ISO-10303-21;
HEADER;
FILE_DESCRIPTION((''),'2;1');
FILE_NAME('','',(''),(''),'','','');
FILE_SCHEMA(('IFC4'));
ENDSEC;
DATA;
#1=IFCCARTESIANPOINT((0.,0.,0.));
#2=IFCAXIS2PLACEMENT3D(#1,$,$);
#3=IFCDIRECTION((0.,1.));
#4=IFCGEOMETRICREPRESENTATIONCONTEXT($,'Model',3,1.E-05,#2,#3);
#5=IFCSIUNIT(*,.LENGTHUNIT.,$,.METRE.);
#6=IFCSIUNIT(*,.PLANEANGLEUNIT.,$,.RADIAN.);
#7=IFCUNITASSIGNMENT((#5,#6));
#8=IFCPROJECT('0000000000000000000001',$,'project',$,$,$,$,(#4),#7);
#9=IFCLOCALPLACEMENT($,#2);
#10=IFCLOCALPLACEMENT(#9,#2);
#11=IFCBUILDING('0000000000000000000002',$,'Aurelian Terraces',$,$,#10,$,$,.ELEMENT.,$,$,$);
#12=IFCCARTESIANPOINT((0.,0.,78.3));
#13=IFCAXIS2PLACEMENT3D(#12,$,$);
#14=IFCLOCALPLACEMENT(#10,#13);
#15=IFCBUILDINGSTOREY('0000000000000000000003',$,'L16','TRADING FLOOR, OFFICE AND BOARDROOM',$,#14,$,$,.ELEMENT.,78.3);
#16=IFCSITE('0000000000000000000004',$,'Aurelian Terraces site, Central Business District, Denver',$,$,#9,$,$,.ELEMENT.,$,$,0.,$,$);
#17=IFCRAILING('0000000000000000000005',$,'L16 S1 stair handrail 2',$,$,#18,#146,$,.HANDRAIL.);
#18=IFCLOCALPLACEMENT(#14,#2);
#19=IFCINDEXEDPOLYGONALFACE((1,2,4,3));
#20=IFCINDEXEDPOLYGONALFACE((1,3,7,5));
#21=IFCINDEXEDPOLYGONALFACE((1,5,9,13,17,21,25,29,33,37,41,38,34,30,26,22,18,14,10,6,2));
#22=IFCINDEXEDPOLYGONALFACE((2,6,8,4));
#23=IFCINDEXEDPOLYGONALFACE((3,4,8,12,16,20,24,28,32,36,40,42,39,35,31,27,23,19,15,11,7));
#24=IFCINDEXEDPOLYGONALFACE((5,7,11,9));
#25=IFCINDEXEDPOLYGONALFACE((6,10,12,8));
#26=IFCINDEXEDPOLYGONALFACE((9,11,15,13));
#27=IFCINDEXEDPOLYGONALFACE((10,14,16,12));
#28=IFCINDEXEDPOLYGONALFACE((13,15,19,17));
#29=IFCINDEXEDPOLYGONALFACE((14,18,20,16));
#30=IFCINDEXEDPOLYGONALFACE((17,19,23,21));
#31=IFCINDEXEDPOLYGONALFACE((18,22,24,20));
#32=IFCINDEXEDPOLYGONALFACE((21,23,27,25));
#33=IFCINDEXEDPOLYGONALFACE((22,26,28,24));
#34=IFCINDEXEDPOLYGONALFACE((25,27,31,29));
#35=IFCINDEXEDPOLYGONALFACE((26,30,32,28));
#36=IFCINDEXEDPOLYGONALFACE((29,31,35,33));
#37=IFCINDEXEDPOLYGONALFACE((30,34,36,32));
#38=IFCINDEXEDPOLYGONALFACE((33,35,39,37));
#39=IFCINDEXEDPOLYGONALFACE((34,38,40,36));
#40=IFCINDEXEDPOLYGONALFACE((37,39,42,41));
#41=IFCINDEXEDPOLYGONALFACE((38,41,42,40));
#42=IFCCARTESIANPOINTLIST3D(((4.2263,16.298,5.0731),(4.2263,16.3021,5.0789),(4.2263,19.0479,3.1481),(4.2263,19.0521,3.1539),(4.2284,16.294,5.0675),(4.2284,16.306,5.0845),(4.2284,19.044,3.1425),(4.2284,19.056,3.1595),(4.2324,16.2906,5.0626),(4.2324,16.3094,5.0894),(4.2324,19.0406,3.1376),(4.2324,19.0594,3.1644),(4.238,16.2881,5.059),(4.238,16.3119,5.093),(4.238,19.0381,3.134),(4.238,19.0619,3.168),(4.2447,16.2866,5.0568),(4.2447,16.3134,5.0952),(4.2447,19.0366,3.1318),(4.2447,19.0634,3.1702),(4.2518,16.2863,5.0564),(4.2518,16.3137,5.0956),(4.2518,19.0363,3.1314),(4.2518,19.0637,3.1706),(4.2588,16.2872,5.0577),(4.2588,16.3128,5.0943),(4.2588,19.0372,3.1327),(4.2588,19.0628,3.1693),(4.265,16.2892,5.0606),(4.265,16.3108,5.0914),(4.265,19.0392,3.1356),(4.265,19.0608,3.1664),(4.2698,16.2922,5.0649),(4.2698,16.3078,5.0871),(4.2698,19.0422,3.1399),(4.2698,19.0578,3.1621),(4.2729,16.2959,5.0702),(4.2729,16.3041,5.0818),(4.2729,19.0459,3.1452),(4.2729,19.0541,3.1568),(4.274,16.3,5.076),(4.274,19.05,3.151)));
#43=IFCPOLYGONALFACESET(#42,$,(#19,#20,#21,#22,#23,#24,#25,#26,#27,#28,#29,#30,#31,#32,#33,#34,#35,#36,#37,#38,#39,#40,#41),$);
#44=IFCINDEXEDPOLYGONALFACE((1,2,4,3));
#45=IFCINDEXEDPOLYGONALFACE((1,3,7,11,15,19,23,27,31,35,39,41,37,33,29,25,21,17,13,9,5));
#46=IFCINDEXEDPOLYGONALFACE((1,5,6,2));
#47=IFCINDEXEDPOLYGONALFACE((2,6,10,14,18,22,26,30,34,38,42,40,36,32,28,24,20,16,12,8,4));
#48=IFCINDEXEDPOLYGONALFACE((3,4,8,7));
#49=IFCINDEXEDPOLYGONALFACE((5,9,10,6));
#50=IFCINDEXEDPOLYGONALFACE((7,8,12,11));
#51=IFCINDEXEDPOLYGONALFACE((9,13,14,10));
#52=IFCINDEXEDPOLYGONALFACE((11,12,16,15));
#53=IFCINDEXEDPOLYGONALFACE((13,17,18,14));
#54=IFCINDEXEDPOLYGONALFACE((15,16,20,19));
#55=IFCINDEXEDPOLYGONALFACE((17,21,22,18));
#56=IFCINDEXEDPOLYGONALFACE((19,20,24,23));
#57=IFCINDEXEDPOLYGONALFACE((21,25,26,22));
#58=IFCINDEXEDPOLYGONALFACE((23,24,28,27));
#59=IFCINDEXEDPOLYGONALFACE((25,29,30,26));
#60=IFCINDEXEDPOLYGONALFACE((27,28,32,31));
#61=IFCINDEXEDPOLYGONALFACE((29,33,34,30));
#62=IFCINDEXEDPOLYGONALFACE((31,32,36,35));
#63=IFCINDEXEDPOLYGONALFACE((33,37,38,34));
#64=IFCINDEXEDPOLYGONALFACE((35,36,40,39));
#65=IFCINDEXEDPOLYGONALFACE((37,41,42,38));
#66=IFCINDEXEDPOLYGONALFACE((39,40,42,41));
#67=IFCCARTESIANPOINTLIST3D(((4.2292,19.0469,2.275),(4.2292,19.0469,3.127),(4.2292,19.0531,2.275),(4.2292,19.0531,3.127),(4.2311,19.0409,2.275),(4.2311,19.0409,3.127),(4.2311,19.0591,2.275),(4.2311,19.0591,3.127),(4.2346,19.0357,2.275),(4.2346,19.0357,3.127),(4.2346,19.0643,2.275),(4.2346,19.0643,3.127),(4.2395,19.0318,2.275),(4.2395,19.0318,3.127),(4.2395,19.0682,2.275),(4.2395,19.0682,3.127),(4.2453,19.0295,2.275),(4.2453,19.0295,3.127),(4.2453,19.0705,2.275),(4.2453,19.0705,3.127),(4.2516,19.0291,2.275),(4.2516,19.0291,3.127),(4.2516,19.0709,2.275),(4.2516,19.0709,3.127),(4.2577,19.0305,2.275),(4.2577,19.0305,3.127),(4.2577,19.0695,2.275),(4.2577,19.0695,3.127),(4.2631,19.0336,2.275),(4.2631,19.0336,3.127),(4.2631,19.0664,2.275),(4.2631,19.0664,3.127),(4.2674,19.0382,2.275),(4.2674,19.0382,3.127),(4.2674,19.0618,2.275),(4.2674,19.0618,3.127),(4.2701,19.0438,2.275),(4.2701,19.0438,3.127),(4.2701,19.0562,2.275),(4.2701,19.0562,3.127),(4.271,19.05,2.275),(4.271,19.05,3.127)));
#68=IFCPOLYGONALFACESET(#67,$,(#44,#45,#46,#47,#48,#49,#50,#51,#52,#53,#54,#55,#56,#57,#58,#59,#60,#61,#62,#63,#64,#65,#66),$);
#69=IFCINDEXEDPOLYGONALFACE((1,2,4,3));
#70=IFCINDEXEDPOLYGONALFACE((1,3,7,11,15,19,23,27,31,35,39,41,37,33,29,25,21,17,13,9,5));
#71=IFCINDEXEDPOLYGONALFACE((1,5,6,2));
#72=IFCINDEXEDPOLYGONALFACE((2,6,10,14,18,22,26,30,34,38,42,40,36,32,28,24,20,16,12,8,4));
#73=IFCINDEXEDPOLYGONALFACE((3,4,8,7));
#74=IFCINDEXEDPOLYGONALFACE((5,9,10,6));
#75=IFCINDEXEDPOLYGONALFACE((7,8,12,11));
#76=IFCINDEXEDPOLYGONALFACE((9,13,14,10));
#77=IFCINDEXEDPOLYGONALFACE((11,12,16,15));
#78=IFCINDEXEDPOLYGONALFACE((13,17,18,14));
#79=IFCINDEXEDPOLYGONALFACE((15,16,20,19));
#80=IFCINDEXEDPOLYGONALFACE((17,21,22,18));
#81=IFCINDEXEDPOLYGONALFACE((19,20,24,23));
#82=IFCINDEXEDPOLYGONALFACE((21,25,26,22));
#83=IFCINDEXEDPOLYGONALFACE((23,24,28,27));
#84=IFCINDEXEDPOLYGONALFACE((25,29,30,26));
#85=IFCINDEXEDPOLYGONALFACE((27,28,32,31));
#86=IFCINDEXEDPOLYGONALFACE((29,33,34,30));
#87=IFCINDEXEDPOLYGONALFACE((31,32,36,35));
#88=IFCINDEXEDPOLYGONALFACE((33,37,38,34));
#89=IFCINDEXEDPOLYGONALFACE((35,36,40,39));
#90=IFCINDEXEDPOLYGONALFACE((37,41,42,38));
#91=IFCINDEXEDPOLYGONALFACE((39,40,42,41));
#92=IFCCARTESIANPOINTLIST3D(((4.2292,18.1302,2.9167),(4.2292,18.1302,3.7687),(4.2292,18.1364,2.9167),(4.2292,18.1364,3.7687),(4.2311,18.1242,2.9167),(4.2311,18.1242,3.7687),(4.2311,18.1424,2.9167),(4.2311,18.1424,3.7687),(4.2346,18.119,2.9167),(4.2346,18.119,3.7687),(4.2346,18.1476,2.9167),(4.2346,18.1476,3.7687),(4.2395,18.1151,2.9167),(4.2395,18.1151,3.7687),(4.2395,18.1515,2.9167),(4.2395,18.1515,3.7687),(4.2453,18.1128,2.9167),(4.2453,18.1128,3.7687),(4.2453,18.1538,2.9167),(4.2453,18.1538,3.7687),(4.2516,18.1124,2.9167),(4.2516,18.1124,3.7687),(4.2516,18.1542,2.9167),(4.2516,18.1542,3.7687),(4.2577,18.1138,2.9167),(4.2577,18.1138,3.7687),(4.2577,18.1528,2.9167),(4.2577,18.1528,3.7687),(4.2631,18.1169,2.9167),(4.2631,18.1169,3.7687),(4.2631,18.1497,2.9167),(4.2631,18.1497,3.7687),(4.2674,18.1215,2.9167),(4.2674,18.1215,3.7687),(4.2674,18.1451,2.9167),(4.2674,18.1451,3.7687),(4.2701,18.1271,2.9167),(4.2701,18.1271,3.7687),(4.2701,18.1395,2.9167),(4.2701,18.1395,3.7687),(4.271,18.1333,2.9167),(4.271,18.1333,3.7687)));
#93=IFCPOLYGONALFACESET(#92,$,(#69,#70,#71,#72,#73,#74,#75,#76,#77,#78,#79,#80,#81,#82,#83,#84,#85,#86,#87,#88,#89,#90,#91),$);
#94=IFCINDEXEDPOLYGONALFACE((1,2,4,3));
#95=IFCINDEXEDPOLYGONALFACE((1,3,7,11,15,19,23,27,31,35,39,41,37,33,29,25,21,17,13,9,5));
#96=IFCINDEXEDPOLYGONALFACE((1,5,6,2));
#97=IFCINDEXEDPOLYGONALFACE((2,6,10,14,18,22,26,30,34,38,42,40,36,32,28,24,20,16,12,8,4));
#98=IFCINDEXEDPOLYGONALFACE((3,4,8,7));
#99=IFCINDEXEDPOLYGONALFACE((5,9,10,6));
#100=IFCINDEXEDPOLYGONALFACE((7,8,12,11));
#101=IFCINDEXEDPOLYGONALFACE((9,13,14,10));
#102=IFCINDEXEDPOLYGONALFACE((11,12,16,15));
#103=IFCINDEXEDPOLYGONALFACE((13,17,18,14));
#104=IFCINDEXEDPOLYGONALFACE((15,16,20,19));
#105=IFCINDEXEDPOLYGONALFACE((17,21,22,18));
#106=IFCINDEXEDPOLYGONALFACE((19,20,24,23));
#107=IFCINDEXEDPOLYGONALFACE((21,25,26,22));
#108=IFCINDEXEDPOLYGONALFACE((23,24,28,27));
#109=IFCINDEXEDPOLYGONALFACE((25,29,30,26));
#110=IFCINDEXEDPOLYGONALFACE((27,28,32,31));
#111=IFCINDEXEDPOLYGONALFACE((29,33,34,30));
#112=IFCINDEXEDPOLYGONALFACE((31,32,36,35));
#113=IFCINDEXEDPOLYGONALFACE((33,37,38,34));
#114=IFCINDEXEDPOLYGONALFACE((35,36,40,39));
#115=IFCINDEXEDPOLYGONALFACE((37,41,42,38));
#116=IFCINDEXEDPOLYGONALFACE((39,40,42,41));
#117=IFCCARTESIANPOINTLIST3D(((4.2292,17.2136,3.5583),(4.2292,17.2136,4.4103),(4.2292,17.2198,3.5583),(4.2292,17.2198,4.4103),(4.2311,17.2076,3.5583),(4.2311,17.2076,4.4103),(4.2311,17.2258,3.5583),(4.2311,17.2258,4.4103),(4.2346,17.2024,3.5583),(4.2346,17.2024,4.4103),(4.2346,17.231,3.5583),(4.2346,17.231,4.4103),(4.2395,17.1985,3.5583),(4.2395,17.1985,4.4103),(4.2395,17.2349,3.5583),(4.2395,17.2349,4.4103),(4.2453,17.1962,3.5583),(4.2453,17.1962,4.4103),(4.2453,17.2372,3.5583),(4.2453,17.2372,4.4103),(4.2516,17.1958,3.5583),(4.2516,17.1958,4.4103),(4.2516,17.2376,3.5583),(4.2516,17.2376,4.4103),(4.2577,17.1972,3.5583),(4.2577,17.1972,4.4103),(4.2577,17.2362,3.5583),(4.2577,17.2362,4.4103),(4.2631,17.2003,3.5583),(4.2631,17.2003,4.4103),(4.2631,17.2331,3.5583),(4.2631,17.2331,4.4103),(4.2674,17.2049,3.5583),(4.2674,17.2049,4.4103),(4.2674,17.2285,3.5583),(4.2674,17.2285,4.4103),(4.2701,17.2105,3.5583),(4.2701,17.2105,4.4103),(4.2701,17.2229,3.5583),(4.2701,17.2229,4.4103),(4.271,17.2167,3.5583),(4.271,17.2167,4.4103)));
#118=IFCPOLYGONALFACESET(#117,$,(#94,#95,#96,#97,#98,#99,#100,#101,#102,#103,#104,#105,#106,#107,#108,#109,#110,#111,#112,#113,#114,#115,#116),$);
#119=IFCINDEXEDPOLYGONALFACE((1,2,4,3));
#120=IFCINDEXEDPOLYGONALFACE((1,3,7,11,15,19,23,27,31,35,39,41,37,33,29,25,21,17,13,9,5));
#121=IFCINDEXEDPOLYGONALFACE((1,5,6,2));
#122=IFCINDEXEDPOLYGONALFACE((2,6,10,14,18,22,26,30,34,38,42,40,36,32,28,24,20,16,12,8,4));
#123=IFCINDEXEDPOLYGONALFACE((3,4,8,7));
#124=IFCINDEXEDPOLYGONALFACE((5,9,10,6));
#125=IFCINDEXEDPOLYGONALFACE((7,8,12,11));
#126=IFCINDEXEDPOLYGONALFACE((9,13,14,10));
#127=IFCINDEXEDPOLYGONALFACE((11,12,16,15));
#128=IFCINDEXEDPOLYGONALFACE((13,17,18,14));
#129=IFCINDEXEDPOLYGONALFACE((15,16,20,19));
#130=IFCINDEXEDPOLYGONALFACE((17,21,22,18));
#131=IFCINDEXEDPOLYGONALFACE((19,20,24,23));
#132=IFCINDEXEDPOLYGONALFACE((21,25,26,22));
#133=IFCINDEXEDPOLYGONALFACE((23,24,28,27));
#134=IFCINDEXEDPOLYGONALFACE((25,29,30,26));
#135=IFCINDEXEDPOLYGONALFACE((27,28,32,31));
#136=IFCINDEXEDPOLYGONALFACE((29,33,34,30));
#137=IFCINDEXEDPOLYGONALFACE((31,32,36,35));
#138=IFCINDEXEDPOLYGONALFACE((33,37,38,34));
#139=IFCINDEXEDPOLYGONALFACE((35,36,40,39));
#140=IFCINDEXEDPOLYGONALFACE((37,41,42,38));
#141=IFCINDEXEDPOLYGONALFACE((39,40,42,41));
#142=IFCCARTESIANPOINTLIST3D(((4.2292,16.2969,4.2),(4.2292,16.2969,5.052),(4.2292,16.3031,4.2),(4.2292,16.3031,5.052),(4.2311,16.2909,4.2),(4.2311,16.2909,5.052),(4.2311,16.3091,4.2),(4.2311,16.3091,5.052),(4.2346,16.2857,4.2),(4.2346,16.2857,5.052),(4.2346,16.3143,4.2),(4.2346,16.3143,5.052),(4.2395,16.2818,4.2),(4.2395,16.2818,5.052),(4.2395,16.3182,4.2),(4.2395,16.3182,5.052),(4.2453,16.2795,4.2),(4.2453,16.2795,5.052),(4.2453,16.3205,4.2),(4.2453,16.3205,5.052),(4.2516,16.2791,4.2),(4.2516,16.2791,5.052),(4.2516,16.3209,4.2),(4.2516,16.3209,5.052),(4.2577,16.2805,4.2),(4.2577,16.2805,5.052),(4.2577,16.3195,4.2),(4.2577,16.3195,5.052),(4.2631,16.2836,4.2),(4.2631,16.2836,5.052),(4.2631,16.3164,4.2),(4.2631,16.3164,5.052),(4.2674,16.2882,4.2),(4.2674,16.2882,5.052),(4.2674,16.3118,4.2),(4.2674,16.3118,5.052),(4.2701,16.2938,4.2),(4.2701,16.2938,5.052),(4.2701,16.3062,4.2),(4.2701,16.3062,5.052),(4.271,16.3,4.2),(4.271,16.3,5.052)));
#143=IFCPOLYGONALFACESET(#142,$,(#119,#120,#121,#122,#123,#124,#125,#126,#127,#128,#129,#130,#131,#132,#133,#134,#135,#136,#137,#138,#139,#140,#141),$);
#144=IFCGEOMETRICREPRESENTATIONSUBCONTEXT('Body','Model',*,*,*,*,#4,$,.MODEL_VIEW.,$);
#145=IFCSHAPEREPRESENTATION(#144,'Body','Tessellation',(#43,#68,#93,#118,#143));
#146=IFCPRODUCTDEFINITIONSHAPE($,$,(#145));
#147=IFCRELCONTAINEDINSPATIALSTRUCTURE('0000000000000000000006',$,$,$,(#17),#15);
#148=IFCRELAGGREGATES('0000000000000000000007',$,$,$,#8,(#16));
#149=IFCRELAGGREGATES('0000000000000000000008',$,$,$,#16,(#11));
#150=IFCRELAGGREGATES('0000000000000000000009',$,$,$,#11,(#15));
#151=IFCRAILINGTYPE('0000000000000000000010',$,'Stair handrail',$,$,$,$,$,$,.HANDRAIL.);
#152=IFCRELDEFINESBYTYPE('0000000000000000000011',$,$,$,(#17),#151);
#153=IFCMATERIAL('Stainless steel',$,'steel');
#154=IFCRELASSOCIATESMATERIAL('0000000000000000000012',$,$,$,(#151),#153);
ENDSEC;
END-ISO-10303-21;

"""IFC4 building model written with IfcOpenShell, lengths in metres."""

from ifc_helpers import new_model, si_unit, direction, frame, origin, origin_2d, place, context, subcontext, project, spatial, circle, extrude, source, transform, mapped, material, type_object, element, save


model = new_model("IFC4")

# Units and contexts
model_context = context("Model", 3, precision=1e-05, world=origin(), true_north=direction((0.0, 1.0)))
body_context = subcontext(model_context, "Body", "Model", "MODEL_VIEW")
ifc_project = project(units=[si_unit("LENGTHUNIT", "METRE"), si_unit("PLANEANGLEUNIT", "RADIAN")], contexts=[model_context])

# Site, building, storey
site_placement = place(None, origin())
site = spatial("IfcSite", under=ifc_project, at=site_placement, Name="Aurelian Terraces site, Central Business District, Denver", CompositionType="ELEMENT", RefElevation=0.0)
building_placement = place(site_placement, origin())
building = spatial("IfcBuilding", under=site, at=building_placement, Name="Aurelian Terraces", CompositionType="ELEMENT")
storey_placement = place(building_placement, frame((0.0, 0.0, 78.3)))
storey = spatial("IfcBuildingStorey", under=building, at=storey_placement, Name="L16", Description="TRADING FLOOR, OFFICE AND BOARDROOM", CompositionType="ELEMENT", Elevation=78.3)

# Railing
ifc_material_1 = material(Name="Stainless steel", Category="steel")
railing_type_1 = type_object("IfcRailingType", Name="Stair handrail", PredefinedType="HANDRAIL", material=ifc_material_1)
shared_shape_1 = source(origin(), body_context, "Body", "SweptSolid", [
    extrude(circle(Radius=0.024, at=origin_2d()), frame((0.0, 0.0, 0.876), z_axis=(0.0, -0.819232, 0.573462), x_axis=(1.0, 0.0, 0.0)), (0.0, 0.0, 1.0), 3.3568),
    extrude(circle(Radius=0.021, at=origin_2d()), origin(), (0.0, 0.0, 1.0), 0.852),
    extrude(circle(Radius=0.021, at=origin_2d()), frame((0.0, -0.9167, 0.6417)), (0.0, 0.0, 1.0), 0.852),
    extrude(circle(Radius=0.021, at=origin_2d()), frame((0.0, -1.8333, 1.2833)), (0.0, 0.0, 1.0), 0.852),
    extrude(circle(Radius=0.021, at=origin_2d()), frame((0.0, -2.75, 1.925)), (0.0, 0.0, 1.0), 0.852),
])
railing_1_placement = place(storey_placement, frame((4.25, 19.05, 2.275)))
element("IfcRailing", 1, at=railing_1_placement, inside=storey, type_object=railing_type_1, Name="L16 S1 stair handrail 2", PredefinedType="HANDRAIL", context=body_context, shape_type="MappedRepresentation", body=[
    mapped(shared_shape_1, transform((0.0, 0.0, 0.0), scale=1.0)),
])

save(model, "model.ifc")
